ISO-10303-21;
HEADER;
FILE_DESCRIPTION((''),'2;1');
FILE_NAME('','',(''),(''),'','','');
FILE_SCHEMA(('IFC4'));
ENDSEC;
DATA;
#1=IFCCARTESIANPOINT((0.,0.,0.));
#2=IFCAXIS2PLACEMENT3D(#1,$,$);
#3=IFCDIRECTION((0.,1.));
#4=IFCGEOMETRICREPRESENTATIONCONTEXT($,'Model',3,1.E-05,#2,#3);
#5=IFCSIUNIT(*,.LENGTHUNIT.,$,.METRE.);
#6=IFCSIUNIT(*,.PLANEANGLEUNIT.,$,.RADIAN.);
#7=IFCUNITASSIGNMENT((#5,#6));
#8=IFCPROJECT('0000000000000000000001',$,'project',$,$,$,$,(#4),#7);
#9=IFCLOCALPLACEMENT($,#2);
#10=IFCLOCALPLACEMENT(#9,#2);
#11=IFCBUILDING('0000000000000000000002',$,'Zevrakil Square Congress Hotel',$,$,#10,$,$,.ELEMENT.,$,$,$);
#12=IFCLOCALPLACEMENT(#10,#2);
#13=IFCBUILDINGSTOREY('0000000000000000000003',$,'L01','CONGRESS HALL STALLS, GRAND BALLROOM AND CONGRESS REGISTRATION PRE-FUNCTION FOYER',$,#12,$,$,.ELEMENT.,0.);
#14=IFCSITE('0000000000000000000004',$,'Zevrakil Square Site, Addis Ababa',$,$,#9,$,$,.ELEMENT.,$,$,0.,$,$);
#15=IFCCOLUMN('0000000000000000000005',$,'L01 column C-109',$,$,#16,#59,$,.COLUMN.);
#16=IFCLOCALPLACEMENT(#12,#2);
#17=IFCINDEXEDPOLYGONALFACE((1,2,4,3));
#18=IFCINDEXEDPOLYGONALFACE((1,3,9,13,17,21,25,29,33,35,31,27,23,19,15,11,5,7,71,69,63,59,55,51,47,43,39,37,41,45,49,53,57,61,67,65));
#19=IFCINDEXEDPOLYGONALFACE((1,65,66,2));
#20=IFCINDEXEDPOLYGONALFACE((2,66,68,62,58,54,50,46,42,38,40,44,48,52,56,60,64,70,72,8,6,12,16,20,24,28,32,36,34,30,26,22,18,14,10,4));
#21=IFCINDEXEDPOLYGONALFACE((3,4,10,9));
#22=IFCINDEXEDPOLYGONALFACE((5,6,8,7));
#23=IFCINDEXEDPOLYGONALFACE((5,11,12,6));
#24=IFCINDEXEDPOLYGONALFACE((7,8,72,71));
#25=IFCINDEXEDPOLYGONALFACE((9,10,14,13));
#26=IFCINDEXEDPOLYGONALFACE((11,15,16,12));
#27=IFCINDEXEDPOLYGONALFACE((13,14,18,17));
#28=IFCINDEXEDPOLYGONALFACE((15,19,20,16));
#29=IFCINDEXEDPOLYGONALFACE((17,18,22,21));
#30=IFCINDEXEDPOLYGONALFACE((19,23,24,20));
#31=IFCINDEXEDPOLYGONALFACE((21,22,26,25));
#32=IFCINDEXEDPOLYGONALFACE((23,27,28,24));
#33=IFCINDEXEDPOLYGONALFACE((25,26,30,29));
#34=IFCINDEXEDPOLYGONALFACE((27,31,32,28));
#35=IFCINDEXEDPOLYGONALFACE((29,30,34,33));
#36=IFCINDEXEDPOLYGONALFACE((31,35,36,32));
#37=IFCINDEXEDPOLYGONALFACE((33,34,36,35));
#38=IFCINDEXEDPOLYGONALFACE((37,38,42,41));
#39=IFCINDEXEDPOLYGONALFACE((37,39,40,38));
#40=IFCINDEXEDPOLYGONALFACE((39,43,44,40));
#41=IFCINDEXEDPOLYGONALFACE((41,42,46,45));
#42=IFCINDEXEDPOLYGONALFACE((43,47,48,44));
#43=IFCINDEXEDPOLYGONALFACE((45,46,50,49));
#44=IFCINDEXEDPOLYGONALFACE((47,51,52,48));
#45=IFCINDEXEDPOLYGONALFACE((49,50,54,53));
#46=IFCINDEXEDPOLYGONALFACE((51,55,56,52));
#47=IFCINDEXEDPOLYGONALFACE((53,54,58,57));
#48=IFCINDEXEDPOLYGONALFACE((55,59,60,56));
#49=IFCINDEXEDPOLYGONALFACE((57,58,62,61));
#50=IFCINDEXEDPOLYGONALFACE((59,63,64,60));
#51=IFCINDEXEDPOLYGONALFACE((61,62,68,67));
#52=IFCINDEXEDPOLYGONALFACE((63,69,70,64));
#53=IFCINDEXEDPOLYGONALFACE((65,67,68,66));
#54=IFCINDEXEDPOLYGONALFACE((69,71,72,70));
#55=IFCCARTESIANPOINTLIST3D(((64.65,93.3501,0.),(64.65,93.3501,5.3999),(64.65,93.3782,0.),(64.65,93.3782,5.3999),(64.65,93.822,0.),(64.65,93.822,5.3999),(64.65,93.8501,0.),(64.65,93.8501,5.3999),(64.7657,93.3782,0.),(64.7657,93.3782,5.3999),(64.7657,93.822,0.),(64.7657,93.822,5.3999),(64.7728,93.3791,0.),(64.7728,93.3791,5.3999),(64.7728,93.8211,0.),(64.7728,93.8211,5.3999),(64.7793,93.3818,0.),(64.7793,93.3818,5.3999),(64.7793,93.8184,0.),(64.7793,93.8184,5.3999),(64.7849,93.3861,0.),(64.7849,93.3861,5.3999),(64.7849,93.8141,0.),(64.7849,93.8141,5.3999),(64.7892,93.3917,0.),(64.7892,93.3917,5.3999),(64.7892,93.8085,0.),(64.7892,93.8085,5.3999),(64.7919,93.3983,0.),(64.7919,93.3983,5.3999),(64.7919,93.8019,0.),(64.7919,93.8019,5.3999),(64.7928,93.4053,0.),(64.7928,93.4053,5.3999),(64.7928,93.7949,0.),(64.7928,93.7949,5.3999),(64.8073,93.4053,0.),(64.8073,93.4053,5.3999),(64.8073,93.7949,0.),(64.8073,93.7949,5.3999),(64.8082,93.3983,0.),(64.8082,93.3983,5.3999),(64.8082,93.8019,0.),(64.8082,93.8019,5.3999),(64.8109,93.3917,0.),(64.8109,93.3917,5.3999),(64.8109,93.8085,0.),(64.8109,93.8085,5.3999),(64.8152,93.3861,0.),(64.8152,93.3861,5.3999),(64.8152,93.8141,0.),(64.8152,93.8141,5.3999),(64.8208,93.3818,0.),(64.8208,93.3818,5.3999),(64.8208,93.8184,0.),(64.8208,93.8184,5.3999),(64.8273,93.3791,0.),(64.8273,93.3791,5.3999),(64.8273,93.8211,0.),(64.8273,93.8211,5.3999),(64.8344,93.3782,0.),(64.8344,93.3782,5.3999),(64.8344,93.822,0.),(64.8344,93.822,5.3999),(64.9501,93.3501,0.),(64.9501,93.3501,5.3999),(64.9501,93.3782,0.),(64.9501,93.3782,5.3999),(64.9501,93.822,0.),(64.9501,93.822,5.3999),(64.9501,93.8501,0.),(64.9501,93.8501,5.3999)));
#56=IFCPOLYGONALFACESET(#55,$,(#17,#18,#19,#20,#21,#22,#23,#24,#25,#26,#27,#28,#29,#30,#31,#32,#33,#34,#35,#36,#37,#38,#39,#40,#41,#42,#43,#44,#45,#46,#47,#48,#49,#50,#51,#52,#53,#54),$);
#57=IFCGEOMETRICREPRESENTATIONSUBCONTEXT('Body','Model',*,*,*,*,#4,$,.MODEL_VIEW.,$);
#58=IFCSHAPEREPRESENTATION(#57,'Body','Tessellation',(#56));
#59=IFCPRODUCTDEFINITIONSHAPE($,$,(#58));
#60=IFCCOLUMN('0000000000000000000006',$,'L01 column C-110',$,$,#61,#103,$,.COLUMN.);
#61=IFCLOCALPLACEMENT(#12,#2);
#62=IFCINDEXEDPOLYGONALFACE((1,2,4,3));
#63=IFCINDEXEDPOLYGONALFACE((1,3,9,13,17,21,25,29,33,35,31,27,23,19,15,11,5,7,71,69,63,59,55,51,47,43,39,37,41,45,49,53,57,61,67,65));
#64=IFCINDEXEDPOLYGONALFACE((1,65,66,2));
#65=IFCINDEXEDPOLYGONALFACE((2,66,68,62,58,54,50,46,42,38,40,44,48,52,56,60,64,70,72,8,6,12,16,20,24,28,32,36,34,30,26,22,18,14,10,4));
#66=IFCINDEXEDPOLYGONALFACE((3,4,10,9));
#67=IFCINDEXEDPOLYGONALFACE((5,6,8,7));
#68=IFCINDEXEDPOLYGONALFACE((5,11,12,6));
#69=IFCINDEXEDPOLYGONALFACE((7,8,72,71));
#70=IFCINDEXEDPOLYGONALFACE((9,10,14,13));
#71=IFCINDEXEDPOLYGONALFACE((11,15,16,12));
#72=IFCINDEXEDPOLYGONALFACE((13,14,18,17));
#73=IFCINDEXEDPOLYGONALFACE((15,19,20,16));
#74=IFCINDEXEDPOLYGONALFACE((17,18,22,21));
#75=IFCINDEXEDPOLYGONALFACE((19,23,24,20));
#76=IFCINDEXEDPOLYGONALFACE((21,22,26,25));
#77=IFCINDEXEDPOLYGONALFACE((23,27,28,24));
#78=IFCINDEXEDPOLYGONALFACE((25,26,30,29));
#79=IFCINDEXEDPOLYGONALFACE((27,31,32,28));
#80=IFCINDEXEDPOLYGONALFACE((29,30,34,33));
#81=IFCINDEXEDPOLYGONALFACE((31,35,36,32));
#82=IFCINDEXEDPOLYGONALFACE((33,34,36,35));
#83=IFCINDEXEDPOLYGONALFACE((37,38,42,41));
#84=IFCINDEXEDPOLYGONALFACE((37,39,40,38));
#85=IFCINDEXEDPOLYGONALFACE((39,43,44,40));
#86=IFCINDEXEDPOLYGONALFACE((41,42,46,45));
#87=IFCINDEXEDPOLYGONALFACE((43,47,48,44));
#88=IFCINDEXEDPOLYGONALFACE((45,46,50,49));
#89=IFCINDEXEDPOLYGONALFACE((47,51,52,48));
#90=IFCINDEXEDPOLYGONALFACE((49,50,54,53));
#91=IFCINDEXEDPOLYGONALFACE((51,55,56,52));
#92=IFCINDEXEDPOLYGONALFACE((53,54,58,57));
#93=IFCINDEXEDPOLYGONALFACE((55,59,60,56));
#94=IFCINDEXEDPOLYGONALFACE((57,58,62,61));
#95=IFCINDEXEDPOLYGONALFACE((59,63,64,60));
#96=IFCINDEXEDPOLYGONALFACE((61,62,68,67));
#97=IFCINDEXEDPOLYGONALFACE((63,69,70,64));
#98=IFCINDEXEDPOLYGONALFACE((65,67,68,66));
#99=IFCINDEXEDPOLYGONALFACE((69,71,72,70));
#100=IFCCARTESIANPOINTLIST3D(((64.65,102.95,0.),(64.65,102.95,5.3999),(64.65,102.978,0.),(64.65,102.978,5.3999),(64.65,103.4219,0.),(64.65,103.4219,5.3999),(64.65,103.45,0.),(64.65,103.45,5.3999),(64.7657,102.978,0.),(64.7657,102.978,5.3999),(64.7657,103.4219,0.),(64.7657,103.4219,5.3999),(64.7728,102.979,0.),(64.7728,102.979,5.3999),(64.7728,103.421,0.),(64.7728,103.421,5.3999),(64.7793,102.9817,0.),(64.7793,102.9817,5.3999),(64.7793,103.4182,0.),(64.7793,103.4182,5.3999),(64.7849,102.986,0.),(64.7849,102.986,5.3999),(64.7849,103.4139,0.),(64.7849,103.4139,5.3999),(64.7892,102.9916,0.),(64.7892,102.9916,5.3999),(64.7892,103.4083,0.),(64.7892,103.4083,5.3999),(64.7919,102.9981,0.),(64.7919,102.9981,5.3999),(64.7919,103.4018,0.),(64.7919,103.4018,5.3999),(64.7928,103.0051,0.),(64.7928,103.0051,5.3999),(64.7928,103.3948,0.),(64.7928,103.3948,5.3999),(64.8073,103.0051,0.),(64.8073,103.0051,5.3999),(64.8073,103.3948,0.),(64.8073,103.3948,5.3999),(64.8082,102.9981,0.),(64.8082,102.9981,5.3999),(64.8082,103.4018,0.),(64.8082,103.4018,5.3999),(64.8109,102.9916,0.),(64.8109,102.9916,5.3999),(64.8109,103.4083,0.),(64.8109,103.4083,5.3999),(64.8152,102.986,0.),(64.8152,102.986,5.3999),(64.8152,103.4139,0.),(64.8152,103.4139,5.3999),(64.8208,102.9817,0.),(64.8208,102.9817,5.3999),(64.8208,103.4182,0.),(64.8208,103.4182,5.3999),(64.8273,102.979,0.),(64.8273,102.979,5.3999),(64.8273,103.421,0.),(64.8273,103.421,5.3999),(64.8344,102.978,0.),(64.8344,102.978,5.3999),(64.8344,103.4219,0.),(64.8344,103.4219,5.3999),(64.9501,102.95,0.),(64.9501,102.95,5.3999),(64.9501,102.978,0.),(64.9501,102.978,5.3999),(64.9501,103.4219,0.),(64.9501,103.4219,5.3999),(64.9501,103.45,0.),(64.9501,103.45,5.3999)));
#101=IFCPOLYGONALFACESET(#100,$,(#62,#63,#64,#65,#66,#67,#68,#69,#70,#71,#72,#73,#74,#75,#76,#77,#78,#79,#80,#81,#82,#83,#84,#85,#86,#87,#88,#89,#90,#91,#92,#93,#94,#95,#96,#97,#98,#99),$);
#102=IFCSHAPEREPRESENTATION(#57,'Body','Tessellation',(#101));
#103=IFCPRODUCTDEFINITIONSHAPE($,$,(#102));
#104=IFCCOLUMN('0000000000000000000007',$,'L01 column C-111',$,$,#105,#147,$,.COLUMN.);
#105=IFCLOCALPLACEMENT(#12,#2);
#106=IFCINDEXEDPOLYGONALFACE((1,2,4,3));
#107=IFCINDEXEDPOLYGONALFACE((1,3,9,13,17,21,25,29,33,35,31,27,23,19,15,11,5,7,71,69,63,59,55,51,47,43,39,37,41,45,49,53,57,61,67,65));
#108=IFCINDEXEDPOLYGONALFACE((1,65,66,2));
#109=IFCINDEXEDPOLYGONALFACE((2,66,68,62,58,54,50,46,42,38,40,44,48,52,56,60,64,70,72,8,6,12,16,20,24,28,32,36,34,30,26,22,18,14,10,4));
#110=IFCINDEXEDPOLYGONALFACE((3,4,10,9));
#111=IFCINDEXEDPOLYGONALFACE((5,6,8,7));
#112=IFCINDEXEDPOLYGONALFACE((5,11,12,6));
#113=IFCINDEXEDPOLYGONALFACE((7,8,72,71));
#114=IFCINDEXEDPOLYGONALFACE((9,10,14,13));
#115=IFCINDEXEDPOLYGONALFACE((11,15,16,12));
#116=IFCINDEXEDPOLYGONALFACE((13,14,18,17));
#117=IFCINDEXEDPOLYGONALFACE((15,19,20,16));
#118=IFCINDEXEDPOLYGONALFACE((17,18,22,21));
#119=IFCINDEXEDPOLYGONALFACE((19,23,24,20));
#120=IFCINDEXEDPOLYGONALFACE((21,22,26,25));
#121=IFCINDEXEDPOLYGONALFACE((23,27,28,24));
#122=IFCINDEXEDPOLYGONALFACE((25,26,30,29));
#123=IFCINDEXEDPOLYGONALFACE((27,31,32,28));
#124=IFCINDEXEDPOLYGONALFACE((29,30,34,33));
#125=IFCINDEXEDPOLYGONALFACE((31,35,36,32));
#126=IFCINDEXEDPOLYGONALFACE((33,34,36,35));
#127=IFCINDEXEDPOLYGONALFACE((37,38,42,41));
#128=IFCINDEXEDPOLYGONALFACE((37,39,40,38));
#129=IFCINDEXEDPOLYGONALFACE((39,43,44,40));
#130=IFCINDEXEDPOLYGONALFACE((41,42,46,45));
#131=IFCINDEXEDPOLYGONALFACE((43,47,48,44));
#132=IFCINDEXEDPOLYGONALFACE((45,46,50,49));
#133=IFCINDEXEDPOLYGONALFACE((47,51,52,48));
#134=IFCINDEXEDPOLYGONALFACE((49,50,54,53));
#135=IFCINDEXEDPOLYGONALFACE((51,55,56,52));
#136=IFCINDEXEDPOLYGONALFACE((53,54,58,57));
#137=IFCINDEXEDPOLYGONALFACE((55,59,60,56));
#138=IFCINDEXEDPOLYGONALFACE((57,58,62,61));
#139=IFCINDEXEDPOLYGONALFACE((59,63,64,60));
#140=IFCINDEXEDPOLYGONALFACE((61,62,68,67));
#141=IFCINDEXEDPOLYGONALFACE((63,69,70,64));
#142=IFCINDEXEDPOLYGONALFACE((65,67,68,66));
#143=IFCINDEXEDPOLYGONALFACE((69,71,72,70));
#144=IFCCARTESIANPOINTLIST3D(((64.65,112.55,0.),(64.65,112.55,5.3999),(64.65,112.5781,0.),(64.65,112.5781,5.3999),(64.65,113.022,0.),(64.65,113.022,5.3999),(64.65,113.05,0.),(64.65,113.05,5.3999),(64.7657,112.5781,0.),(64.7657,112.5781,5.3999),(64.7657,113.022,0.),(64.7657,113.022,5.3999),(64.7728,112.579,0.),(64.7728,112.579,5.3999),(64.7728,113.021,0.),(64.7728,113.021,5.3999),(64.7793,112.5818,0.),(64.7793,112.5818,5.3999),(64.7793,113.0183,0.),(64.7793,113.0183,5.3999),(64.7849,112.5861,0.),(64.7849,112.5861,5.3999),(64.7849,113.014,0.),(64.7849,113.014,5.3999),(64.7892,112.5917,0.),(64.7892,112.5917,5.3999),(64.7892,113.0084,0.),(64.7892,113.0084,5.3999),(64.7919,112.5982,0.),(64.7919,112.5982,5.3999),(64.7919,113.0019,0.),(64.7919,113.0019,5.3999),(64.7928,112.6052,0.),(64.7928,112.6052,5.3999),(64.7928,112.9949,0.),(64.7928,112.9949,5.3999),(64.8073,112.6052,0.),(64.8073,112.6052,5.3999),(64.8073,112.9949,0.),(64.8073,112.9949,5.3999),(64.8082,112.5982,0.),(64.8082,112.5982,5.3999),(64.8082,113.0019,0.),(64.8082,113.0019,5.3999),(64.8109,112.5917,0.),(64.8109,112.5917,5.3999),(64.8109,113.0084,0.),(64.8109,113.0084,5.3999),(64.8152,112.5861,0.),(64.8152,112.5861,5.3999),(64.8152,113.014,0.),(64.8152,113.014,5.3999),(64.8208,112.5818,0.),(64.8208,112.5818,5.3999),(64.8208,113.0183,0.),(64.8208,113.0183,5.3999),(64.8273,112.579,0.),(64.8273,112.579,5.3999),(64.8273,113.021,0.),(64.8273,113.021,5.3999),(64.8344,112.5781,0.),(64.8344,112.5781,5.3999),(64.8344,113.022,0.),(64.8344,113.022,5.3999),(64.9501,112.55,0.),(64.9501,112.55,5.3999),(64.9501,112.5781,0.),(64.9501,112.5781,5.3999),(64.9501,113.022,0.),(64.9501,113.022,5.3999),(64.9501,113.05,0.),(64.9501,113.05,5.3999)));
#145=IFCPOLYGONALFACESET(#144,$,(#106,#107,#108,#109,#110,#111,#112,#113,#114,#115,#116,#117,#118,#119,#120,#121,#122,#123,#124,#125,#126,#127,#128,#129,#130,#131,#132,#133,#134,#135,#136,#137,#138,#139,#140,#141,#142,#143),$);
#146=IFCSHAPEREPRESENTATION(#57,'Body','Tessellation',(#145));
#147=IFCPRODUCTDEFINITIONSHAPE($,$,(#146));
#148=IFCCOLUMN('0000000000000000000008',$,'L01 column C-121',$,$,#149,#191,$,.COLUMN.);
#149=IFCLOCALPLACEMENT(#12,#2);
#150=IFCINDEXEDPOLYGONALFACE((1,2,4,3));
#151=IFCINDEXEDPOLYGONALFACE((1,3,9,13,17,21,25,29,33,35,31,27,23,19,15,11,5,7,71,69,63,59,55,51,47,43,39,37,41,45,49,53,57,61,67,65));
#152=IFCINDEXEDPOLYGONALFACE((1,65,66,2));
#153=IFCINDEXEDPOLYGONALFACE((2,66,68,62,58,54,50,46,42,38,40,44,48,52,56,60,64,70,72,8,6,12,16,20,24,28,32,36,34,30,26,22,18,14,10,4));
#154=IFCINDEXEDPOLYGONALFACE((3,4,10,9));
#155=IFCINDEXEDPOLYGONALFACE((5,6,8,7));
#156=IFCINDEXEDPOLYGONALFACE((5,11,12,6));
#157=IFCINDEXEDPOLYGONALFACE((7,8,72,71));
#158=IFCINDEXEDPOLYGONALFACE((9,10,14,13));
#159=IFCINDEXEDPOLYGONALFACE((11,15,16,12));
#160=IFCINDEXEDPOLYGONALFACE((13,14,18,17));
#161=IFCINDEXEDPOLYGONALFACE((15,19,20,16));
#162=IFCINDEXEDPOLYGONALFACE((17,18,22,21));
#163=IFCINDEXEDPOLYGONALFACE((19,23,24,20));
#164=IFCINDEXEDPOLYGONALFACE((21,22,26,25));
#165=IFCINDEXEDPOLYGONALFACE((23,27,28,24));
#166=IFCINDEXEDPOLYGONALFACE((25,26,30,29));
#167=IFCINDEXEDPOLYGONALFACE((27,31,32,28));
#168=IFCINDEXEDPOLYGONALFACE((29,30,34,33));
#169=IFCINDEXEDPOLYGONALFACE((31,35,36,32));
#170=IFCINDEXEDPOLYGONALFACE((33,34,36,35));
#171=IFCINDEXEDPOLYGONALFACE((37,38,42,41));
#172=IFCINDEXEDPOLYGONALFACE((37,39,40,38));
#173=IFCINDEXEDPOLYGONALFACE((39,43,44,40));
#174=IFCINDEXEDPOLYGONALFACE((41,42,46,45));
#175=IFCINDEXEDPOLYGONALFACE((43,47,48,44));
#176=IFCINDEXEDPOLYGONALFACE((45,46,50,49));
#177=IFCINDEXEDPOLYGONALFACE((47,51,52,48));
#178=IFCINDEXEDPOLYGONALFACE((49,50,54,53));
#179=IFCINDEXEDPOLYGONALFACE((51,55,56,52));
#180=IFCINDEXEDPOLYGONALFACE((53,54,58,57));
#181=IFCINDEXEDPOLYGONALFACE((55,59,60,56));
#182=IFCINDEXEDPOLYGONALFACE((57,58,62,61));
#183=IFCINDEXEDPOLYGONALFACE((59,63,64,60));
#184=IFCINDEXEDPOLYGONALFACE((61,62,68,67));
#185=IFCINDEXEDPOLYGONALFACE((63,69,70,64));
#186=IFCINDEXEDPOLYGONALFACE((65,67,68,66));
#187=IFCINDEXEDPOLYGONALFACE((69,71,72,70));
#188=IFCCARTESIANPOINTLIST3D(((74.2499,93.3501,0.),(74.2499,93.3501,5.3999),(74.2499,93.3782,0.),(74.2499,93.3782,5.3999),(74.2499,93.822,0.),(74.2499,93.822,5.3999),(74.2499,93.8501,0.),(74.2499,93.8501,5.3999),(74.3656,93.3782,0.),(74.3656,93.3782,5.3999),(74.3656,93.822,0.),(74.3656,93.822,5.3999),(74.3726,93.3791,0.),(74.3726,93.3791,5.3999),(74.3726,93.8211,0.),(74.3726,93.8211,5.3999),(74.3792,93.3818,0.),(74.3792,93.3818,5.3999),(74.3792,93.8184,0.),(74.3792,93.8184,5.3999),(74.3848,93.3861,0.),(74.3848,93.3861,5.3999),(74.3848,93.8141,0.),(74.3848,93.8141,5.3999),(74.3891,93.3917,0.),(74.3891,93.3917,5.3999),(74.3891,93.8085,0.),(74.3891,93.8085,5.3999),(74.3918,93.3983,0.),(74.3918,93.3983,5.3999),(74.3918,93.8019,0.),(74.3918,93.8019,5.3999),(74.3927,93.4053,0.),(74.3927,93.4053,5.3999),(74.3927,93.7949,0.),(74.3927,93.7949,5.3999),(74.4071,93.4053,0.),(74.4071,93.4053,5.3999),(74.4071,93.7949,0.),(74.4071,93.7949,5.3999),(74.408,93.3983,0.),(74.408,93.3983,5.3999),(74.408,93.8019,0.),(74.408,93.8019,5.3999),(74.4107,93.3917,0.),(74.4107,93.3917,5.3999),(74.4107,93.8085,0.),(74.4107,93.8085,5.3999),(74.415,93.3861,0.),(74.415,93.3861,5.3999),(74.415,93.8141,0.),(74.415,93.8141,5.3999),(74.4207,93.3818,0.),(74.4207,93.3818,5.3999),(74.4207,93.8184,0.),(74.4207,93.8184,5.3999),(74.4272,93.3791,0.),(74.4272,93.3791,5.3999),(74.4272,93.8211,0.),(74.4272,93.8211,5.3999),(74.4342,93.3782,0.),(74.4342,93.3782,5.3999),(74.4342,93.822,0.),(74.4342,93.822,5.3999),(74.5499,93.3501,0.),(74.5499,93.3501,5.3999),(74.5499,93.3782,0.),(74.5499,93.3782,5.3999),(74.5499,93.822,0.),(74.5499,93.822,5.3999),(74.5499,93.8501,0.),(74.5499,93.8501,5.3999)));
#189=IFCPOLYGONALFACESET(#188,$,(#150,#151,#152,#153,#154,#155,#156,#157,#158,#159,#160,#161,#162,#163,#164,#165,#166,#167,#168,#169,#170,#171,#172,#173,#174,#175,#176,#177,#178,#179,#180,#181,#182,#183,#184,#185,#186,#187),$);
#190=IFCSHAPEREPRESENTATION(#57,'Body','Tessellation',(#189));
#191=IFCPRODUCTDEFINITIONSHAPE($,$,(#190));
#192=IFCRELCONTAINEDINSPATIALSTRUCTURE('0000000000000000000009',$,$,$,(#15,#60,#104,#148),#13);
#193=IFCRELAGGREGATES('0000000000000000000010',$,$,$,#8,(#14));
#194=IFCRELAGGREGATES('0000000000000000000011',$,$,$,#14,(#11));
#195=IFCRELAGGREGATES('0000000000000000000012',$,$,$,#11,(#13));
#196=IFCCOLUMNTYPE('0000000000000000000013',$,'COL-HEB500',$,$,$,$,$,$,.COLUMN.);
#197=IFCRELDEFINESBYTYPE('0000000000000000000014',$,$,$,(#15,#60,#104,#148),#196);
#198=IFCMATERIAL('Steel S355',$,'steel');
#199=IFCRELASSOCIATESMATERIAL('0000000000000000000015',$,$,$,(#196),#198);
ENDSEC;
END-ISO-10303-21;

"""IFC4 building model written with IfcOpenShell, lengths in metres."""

from ifc_helpers import new_model, si_unit, direction, frame, origin, origin_2d, place, context, subcontext, project, spatial, i_section, extrude, material, material_profile, profile_set, type_object, element, save


model = new_model("IFC4")

# Units and contexts
model_context = context("Model", 3, precision=1e-05, world=origin(), true_north=direction((0.0, 1.0)))
body_context = subcontext(model_context, "Body", "Model", "MODEL_VIEW")
ifc_project = project(units=[si_unit("LENGTHUNIT", "METRE"), si_unit("PLANEANGLEUNIT", "RADIAN")], contexts=[model_context])

# Site, building, storey
site_placement = place(None, origin())
site = spatial("IfcSite", under=ifc_project, at=site_placement, Name="Zevrakil Square Site, Addis Ababa", CompositionType="ELEMENT", RefElevation=0.0)
building_placement = place(site_placement, origin())
building = spatial("IfcBuilding", under=site, at=building_placement, Name="Zevrakil Square Congress Hotel", CompositionType="ELEMENT")
storey_placement = place(building_placement, origin())
storey = spatial("IfcBuildingStorey", under=building, at=storey_placement, Name="L01", Description="CONGRESS HALL STALLS, GRAND BALLROOM AND CONGRESS REGISTRATION PRE-FUNCTION FOYER", CompositionType="ELEMENT", Elevation=0.0)

# Columns
ifc_material_1 = material(Name="Steel S355", Category="steel")
ifc_material_profile_1 = material_profile(ifc_material_1, i_section(OverallWidth=0.3, OverallDepth=0.5, WebThickness=0.0144, FlangeThickness=0.0281, FilletRadius=0.0271, at=origin_2d()), Name="HEB 500")
ifc_profile_set_1 = profile_set([ifc_material_profile_1], Name="Steel S355")
column_type = type_object("IfcColumnType", Name="COL-HEB500", PredefinedType="COLUMN", material=ifc_profile_set_1)
for number, where, z_axis, x_axis, name in (
    (1, (64.8, 93.6001, 0.0), (0.0, 0.0, 1.0), (1.0, 0.0, 0.0), "L01 column C-109"),
    (2, (64.8, 103.2, 0.0), (0.0, 0.0, 1.0), (1.0, 0.0, 0.0), "L01 column C-110"),
    (3, (64.8, 112.8, 0.0), (0.0, 0.0, 1.0), (1.0, 0.0, 0.0), "L01 column C-111"),
    (4, (74.3999, 93.6001, 0.0), (0.0, 0.0, 1.0), (1.0, 0.0, 0.0), "L01 column C-121"),
):
    element("IfcColumn", number, at=place(storey_placement, frame(where, z_axis=z_axis, x_axis=x_axis)), inside=storey, type_object=column_type, Name=name, PredefinedType="COLUMN", context=body_context, shape_type="SweptSolid", body=[
        extrude(i_section(OverallWidth=0.3, OverallDepth=0.5, WebThickness=0.0144, FlangeThickness=0.0281, FilletRadius=0.0271, at=origin_2d()), origin(), (0.0, 0.0, 1.0), 5.3999),
    ])

save(model, "model.ifc")
